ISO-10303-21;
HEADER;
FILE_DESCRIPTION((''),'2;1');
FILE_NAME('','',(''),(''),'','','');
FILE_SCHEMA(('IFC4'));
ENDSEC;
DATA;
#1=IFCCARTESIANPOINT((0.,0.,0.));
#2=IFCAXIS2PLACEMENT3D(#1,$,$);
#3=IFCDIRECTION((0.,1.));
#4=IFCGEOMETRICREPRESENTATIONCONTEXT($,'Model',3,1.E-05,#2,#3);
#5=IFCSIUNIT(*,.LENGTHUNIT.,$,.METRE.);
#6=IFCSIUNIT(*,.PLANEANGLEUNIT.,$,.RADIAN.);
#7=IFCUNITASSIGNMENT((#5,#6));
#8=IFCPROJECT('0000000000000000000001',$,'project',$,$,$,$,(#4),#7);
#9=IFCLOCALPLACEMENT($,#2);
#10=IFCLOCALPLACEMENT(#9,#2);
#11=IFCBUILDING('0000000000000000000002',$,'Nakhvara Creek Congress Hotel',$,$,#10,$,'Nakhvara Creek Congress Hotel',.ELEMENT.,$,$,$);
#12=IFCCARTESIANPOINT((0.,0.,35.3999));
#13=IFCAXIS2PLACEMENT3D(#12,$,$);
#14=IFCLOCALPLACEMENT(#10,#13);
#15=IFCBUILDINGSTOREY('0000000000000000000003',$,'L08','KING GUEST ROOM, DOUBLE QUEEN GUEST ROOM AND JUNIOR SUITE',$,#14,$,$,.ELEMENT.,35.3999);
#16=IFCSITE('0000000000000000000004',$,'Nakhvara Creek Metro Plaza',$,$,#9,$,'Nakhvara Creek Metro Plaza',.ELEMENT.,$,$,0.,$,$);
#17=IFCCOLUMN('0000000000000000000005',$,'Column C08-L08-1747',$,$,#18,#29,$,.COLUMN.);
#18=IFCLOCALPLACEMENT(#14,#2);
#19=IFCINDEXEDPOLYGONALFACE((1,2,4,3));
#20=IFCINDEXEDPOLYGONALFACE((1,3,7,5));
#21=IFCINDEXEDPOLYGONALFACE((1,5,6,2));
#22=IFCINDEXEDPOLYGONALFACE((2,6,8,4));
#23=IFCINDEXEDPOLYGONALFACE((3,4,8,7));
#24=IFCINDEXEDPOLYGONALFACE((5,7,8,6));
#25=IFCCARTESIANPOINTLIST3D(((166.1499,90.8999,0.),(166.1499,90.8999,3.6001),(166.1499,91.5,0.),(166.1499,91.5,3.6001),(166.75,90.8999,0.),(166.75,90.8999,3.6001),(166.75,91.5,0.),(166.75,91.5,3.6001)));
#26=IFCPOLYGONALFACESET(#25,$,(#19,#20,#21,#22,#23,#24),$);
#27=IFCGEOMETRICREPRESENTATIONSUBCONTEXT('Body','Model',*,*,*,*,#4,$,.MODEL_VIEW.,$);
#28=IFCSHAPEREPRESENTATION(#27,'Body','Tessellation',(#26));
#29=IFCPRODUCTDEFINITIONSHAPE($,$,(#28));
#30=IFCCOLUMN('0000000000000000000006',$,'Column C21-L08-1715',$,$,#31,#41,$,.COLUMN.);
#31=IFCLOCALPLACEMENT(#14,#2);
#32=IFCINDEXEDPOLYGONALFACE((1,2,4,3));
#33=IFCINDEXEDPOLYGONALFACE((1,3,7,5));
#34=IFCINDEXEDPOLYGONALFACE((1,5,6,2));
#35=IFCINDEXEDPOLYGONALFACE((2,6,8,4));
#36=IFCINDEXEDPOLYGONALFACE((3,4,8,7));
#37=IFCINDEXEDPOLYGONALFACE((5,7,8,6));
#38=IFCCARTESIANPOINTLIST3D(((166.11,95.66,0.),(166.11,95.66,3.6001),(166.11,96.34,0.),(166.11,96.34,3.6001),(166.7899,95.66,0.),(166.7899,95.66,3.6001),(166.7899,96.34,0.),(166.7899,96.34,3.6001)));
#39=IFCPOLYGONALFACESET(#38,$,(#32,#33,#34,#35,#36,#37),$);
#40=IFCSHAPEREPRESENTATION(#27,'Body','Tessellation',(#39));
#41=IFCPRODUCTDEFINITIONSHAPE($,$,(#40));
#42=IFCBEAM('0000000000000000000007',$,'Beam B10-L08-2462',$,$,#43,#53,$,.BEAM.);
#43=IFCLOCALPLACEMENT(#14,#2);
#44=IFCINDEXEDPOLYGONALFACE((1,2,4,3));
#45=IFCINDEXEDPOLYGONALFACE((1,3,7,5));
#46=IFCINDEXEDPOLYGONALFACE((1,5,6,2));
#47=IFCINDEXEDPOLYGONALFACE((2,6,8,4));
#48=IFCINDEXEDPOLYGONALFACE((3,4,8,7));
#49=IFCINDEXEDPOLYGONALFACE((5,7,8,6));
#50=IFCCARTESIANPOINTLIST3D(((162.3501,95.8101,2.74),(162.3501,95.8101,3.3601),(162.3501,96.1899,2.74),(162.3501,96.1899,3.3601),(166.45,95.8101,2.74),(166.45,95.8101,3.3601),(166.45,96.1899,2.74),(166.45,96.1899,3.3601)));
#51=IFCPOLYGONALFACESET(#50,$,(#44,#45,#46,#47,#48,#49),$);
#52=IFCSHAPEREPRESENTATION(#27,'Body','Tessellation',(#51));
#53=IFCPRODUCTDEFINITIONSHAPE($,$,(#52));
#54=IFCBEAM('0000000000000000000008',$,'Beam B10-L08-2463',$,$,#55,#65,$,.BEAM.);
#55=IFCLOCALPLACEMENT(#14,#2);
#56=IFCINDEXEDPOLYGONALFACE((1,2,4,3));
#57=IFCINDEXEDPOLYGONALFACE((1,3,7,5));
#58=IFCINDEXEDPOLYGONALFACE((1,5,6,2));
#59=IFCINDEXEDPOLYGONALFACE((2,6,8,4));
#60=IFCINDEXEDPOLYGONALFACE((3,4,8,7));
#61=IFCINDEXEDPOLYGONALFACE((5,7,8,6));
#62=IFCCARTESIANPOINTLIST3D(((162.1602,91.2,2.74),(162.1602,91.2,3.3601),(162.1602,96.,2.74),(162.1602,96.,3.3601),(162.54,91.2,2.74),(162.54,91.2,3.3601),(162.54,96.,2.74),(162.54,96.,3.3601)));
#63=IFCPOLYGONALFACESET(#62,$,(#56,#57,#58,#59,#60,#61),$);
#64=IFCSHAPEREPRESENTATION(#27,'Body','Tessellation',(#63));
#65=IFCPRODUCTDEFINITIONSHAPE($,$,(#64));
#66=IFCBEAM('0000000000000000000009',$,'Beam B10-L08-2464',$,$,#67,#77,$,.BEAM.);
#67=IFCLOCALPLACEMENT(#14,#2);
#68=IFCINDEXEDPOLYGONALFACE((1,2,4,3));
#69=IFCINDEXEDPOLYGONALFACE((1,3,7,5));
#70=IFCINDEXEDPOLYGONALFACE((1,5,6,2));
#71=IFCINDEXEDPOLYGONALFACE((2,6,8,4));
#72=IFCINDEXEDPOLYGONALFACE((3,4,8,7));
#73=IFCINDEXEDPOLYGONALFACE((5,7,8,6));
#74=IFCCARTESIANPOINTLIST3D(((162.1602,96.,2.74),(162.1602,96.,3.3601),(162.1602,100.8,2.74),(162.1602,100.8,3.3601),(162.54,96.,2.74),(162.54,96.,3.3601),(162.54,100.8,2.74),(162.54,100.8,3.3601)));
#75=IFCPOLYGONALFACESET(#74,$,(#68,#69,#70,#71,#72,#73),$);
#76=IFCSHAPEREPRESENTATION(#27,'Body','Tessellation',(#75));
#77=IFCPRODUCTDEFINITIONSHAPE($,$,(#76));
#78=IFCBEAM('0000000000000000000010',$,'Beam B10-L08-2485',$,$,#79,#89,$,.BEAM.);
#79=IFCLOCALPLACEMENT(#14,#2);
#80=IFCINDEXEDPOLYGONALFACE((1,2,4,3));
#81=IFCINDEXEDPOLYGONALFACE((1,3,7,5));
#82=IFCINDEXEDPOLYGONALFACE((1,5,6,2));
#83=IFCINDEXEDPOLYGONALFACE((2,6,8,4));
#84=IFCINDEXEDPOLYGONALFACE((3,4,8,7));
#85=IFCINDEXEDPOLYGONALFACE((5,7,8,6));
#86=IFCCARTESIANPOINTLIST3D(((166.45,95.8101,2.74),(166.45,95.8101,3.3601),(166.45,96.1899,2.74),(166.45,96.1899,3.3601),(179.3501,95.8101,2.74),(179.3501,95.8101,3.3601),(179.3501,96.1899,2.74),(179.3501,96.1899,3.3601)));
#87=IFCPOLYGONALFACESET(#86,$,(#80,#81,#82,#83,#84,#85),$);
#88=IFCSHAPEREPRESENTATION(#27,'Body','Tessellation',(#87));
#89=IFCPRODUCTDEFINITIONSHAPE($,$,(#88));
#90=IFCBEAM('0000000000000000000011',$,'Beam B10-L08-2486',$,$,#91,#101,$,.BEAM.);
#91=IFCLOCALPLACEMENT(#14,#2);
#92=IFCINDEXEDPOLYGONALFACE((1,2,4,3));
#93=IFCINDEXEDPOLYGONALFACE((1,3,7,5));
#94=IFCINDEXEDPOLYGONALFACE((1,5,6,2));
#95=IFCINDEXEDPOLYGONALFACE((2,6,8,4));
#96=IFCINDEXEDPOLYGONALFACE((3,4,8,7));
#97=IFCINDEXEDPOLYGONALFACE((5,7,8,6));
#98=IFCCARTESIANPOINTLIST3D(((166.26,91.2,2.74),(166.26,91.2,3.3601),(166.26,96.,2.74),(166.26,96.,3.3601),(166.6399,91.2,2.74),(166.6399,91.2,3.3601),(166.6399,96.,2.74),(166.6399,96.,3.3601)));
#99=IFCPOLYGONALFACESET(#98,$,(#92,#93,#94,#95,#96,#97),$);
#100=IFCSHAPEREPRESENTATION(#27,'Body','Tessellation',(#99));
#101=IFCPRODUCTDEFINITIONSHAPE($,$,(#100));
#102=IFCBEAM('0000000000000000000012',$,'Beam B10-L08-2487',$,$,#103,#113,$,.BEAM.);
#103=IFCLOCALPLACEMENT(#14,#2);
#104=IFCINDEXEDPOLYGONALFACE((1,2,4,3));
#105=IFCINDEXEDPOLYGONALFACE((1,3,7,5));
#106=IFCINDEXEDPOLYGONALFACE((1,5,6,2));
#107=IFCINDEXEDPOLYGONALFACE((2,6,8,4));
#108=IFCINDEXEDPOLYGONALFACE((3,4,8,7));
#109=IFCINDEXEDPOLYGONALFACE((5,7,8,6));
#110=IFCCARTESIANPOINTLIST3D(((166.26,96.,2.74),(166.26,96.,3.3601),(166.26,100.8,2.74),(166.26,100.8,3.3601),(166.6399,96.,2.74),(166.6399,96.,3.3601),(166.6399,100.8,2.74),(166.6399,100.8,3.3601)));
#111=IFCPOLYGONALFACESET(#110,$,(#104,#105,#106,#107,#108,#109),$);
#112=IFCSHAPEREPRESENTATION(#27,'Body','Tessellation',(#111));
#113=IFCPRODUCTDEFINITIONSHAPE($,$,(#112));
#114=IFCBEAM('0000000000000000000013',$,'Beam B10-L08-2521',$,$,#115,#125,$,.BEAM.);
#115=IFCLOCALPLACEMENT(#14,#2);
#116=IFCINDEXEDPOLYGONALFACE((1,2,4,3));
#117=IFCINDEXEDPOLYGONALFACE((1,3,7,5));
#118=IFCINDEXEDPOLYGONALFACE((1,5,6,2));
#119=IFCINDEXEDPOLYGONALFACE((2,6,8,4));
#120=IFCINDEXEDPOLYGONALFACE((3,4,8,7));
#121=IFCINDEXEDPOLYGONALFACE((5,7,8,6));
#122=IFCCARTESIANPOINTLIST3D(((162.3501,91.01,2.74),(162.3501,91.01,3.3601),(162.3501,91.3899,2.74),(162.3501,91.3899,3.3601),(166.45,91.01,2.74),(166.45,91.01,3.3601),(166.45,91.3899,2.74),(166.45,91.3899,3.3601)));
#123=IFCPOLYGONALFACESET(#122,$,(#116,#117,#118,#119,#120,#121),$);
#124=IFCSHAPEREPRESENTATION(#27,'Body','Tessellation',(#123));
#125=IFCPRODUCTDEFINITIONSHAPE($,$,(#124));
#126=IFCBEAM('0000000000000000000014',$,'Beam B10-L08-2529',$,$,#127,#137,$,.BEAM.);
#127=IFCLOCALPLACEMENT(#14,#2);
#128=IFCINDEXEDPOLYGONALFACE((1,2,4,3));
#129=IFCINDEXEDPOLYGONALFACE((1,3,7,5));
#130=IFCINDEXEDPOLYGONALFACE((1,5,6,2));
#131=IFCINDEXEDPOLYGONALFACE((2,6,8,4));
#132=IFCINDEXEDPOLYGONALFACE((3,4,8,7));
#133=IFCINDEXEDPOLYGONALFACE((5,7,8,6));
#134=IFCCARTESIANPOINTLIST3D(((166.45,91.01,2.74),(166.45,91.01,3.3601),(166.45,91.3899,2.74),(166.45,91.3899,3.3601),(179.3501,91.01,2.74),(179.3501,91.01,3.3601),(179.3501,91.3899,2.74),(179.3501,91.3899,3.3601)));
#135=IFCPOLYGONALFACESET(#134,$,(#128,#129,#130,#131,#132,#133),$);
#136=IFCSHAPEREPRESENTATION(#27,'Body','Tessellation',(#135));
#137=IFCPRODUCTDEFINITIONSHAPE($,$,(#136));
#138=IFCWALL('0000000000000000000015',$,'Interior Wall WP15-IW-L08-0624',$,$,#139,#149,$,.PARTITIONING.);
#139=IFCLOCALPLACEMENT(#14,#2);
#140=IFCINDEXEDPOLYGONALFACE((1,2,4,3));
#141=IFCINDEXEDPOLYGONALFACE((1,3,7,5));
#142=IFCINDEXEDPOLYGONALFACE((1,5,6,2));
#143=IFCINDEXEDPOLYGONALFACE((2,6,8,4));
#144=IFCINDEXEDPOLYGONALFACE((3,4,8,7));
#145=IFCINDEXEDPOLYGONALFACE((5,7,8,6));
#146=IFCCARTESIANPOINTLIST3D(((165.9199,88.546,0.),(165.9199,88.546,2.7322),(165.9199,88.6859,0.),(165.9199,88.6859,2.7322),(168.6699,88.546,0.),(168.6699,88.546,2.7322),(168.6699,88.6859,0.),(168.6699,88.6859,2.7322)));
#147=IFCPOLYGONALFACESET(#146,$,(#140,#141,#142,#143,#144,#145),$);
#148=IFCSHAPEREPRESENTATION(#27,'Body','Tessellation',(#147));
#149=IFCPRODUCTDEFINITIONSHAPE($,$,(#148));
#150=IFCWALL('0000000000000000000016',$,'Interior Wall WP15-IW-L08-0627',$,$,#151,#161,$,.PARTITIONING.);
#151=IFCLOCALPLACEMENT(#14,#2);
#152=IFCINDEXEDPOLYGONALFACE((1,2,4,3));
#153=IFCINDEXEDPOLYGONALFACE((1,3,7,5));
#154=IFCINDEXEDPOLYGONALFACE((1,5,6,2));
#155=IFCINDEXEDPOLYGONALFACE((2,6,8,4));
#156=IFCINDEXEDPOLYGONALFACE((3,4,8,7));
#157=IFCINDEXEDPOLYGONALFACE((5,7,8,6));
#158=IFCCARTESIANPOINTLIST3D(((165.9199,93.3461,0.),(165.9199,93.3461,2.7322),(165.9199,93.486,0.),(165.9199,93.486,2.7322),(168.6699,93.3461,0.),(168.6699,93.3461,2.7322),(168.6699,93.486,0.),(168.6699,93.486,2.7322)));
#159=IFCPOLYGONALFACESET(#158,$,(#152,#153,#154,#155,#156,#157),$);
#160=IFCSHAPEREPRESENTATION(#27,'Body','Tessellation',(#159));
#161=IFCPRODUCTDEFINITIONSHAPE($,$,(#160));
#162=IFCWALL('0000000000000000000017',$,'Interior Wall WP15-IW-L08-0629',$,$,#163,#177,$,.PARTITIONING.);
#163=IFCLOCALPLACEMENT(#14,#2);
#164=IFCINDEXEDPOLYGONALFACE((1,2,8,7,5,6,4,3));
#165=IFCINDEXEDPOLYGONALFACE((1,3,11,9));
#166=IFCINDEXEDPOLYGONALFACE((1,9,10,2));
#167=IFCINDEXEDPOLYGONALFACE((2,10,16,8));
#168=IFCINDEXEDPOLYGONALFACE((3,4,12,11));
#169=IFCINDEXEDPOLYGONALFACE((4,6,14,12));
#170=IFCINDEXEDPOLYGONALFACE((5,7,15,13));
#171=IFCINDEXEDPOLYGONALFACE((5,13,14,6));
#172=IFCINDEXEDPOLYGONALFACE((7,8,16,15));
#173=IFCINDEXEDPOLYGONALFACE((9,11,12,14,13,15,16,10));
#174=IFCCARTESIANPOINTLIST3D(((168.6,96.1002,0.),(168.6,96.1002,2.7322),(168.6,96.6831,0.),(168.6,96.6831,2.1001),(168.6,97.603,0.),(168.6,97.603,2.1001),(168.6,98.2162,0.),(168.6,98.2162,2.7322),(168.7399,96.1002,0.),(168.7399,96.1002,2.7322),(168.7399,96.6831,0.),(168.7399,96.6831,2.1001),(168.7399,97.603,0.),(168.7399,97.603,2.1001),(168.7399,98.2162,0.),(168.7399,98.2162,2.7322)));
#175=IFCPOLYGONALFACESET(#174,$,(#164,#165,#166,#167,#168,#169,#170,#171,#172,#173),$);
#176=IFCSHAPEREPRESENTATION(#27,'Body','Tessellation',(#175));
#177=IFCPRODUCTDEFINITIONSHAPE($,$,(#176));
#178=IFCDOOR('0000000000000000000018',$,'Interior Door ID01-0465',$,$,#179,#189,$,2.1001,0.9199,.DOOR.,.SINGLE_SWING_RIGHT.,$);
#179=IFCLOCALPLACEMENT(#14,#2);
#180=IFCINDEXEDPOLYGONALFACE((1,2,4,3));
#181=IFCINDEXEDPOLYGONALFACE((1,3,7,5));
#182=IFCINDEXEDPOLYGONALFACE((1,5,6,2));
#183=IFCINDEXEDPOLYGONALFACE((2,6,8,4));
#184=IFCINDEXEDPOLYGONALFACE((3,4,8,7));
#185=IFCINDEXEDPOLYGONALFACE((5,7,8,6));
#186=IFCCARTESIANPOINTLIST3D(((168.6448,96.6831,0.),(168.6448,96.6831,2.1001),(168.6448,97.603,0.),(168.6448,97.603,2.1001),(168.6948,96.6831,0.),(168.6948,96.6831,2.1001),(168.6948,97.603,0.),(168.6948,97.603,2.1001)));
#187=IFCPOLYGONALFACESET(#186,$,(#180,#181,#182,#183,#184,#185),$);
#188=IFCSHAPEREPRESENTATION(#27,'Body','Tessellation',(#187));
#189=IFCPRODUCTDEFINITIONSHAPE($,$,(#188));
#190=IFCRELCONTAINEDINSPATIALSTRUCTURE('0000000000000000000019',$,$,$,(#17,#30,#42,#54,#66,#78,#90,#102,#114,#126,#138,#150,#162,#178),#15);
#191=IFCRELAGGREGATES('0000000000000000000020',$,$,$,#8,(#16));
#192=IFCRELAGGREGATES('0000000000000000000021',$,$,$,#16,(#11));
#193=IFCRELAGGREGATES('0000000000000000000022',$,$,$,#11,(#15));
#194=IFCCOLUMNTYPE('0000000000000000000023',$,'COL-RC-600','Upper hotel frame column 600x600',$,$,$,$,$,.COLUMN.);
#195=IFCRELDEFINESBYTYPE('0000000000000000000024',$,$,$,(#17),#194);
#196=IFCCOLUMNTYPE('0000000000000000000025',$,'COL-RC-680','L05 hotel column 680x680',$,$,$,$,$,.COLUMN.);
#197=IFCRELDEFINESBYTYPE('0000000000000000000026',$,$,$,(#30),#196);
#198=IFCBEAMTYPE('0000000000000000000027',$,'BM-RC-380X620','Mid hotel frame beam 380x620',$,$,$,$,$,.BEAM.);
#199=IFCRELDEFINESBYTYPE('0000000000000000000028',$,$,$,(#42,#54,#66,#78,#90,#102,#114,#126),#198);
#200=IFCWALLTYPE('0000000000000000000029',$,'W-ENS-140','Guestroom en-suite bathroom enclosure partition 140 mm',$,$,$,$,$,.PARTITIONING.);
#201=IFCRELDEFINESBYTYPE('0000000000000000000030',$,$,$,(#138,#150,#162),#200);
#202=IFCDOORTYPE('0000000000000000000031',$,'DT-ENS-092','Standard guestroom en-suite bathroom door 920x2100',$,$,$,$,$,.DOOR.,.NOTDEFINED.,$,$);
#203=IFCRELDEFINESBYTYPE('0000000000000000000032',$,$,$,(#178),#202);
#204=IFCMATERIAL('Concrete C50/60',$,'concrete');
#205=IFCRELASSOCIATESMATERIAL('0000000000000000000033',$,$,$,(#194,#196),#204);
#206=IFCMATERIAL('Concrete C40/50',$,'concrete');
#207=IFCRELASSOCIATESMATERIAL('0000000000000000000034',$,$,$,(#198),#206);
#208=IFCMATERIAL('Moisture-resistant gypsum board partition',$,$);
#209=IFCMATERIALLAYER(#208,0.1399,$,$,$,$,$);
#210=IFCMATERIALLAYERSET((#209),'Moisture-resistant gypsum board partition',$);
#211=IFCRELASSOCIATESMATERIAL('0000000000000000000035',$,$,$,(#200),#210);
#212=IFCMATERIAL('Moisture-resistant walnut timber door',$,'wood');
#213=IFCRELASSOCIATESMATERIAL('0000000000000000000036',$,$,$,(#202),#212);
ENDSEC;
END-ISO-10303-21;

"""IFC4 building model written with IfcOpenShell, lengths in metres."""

from ifc_helpers import new_model, si_unit, direction, frame, frame_2d, origin, origin_2d, place, context, subcontext, project, spatial, rectangle, extrude, material, layer, layer_set, material_profile, profile_set, type_object, element, fill, save


model = new_model("IFC4")

# Units and contexts
model_context = context("Model", 3, precision=1e-05, world=origin(), true_north=direction((0.0, 1.0)))
body_context = subcontext(model_context, "Body", "Model", "MODEL_VIEW")
ifc_project = project(units=[si_unit("LENGTHUNIT", "METRE"), si_unit("PLANEANGLEUNIT", "RADIAN")], contexts=[model_context])

# Site, building, storey
site_placement = place(None, origin())
site = spatial("IfcSite", under=ifc_project, at=site_placement, Name="Nakhvara Creek Metro Plaza", LongName="Nakhvara Creek Metro Plaza", CompositionType="ELEMENT", RefElevation=0.0)
building_placement = place(site_placement, origin())
building = spatial("IfcBuilding", under=site, at=building_placement, Name="Nakhvara Creek Congress Hotel", LongName="Nakhvara Creek Congress Hotel", CompositionType="ELEMENT")
storey_placement = place(building_placement, frame((0.0, 0.0, 35.3999)))
storey = spatial("IfcBuildingStorey", under=building, at=storey_placement, Name="L08", Description="KING GUEST ROOM, DOUBLE QUEEN GUEST ROOM AND JUNIOR SUITE", CompositionType="ELEMENT", Elevation=35.3999)

# Columns
ifc_material_1 = material(Name="Concrete C50/60", Category="concrete")
ifc_material_profile_1 = material_profile(ifc_material_1, rectangle(XDim=0.6001, YDim=0.6001, at=origin_2d()), Name="RC-COL 600x600", Category="LoadBearing")
ifc_profile_set_1 = profile_set([ifc_material_profile_1], Name="Concrete C50/60")
column_type_1 = type_object("IfcColumnType", Name="COL-RC-600", Description="Upper hotel frame column 600x600", PredefinedType="COLUMN", material=ifc_profile_set_1)
column_1_placement = place(storey_placement, frame((166.45, 91.2, 0.0), z_axis=(0.0, 0.0, 1.0), x_axis=(1.0, 0.0, 0.0)))
element("IfcColumn", 1, at=column_1_placement, inside=storey, type_object=column_type_1, Name="Column C08-L08-1747", PredefinedType="COLUMN", context=body_context, shape_type="SweptSolid", body=[
    extrude(rectangle(XDim=0.6001, YDim=0.6001, at=origin_2d()), origin(), (0.0, 0.0, 1.0), 3.6001),
])
ifc_material_profile_2 = material_profile(ifc_material_1, rectangle(XDim=0.6799, YDim=0.6799, at=origin_2d()), Name="RC-COL 680x680", Category="LoadBearing")
ifc_profile_set_2 = profile_set([ifc_material_profile_2], Name="Concrete C50/60")
column_type_2 = type_object("IfcColumnType", Name="COL-RC-680", Description="L05 hotel column 680x680", PredefinedType="COLUMN", material=ifc_profile_set_2)
column_2_placement = place(storey_placement, frame((166.45, 96.0, 0.0), z_axis=(0.0, 0.0, 1.0), x_axis=(1.0, 0.0, 0.0)))
element("IfcColumn", 2, at=column_2_placement, inside=storey, type_object=column_type_2, Name="Column C21-L08-1715", PredefinedType="COLUMN", context=body_context, shape_type="SweptSolid", body=[
    extrude(rectangle(XDim=0.6799, YDim=0.6799, at=origin_2d()), origin(), (0.0, 0.0, 1.0), 3.6001),
])

# Beams
ifc_material_2 = material(Name="Concrete C40/50", Category="concrete")
ifc_material_profile_3 = material_profile(ifc_material_2, rectangle(XDim=0.3799, YDim=0.6201, at=origin_2d()), Name="RC-BM 380x620", Category="LoadBearing")
ifc_profile_set_3 = profile_set([ifc_material_profile_3], Name="Concrete C40/50")
beam_type = type_object("IfcBeamType", Name="BM-RC-380X620", Description="Mid hotel frame beam 380x620", PredefinedType="BEAM", material=ifc_profile_set_3)
beam_1_placement = place(storey_placement, frame((162.3501, 96.0, 3.05), z_axis=(1.0, 0.0, 0.0), x_axis=(0.0, 1.0, 0.0)))
element("IfcBeam", 3, at=beam_1_placement, inside=storey, type_object=beam_type, Name="Beam B10-L08-2462", PredefinedType="BEAM", context=body_context, shape_type="SweptSolid", body=[
    extrude(rectangle(XDim=0.3799, YDim=0.6201, at=origin_2d()), origin(), (0.0, 0.0, 1.0), 4.0999),
])
for number, where, z_axis, x_axis, name in (
    (4, (162.3501, 91.2, 3.05), (0.0, 1.0, 0.0), (-1.0, 0.0, 0.0), "Beam B10-L08-2463"),
    (5, (162.3501, 96.0, 3.05), (0.0, 1.0, 0.0), (-1.0, 0.0, 0.0), "Beam B10-L08-2464"),
):
    element("IfcBeam", number, at=place(storey_placement, frame(where, z_axis=z_axis, x_axis=x_axis)), inside=storey, type_object=beam_type, Name=name, PredefinedType="BEAM", context=body_context, shape_type="SweptSolid", body=[
        extrude(rectangle(XDim=0.3799, YDim=0.6201, at=origin_2d()), origin(), (0.0, 0.0, 1.0), 4.8),
    ])
beam_2_placement = place(storey_placement, frame((166.45, 96.0, 3.05), z_axis=(1.0, 0.0, 0.0), x_axis=(0.0, 1.0, 0.0)))
element("IfcBeam", 6, at=beam_2_placement, inside=storey, type_object=beam_type, Name="Beam B10-L08-2485", PredefinedType="BEAM", context=body_context, shape_type="SweptSolid", body=[
    extrude(rectangle(XDim=0.3799, YDim=0.6201, at=origin_2d()), origin(), (0.0, 0.0, 1.0), 12.9001),
])
for number, where, z_axis, x_axis, name in (
    (7, (166.45, 91.2, 3.05), (0.0, 1.0, 0.0), (-1.0, 0.0, 0.0), "Beam B10-L08-2486"),
    (8, (166.45, 96.0, 3.05), (0.0, 1.0, 0.0), (-1.0, 0.0, 0.0), "Beam B10-L08-2487"),
):
    element("IfcBeam", number, at=place(storey_placement, frame(where, z_axis=z_axis, x_axis=x_axis)), inside=storey, type_object=beam_type, Name=name, PredefinedType="BEAM", context=body_context, shape_type="SweptSolid", body=[
        extrude(rectangle(XDim=0.3799, YDim=0.6201, at=origin_2d()), origin(), (0.0, 0.0, 1.0), 4.8),
    ])
beam_3_placement = place(storey_placement, frame((162.3501, 91.2, 3.05), z_axis=(1.0, 0.0, 0.0), x_axis=(0.0, 1.0, 0.0)))
element("IfcBeam", 9, at=beam_3_placement, inside=storey, type_object=beam_type, Name="Beam B10-L08-2521", PredefinedType="BEAM", context=body_context, shape_type="SweptSolid", body=[
    extrude(rectangle(XDim=0.3799, YDim=0.6201, at=origin_2d()), origin(), (0.0, 0.0, 1.0), 4.0999),
])
beam_4_placement = place(storey_placement, frame((166.45, 91.2, 3.05), z_axis=(1.0, 0.0, 0.0), x_axis=(0.0, 1.0, 0.0)))
element("IfcBeam", 10, at=beam_4_placement, inside=storey, type_object=beam_type, Name="Beam B10-L08-2529", PredefinedType="BEAM", context=body_context, shape_type="SweptSolid", body=[
    extrude(rectangle(XDim=0.3799, YDim=0.6201, at=origin_2d()), origin(), (0.0, 0.0, 1.0), 12.9001),
])

# Wall
ifc_material_3 = material(Name="Moisture-resistant gypsum board partition")
ifc_layer_1 = layer(ifc_material_3, 0.1399)
ifc_layer_set_1 = layer_set([ifc_layer_1], Name="Moisture-resistant gypsum board partition")
wall_type_1 = type_object("IfcWallType", Name="W-ENS-140", Description="Guestroom en-suite bathroom enclosure partition 140 mm", PredefinedType="PARTITIONING", material=ifc_layer_set_1)
wall_1_placement = place(storey_placement, frame((165.9199, 88.616, 0.0), z_axis=(0.0, 0.0, 1.0), x_axis=(1.0, 0.0, 0.0)))
element("IfcWall", 11, at=wall_1_placement, inside=storey, type_object=wall_type_1, Name="Interior Wall WP15-IW-L08-0624", PredefinedType="PARTITIONING", context=body_context, shape_type="SweptSolid", body=[
    extrude(rectangle(XDim=2.75, YDim=0.1399, at=frame_2d((1.375, 0.0))), origin(), (0.0, 0.0, 1.0), 2.7322),
])

# Shared definitions
ifc_material_4 = material(Name="Moisture-resistant walnut timber door", Category="wood")

# Wall
wall_2_placement = place(storey_placement, frame((165.9199, 93.416, 0.0), z_axis=(0.0, 0.0, 1.0), x_axis=(1.0, 0.0, 0.0)))
element("IfcWall", 12, at=wall_2_placement, inside=storey, type_object=wall_type_1, Name="Interior Wall WP15-IW-L08-0627", PredefinedType="PARTITIONING", context=body_context, shape_type="SweptSolid", body=[
    extrude(rectangle(XDim=2.75, YDim=0.1399, at=frame_2d((1.375, 0.0))), origin(), (0.0, 0.0, 1.0), 2.7322),
])

# Wall, opening, door
wall_3_placement = place(storey_placement, frame((168.6699, 96.1001, 0.0), z_axis=(0.0, 0.0, 1.0), x_axis=(0.0, 1.0, 0.0)))
wall_3 = element("IfcWall", 13, at=wall_3_placement, inside=storey, type_object=wall_type_1, Name="Interior Wall WP15-IW-L08-0629", PredefinedType="PARTITIONING", context=body_context, shape_type="SweptSolid", body=[
    extrude(rectangle(XDim=2.116, YDim=0.1399, at=frame_2d((1.0581, 0.0))), origin(), (0.0, 0.0, 1.0), 2.7322),
])
opening_1_placement = place(wall_3_placement, frame((0.583, 0.0, 0.0)))
opening_1 = element("IfcOpeningElement", 14, at=opening_1_placement, cuts=wall_3, PredefinedType="OPENING", context=body_context, shape_type="SweptSolid", body=[
    extrude(rectangle(XDim=0.9199, YDim=2.1001, at=frame_2d((0.46, 1.05))), frame((0.0, 0.082, 0.0), z_axis=(0.0, -1.0, 0.0), x_axis=(1.0, 0.0, 0.0)), (0.0, 0.0, 1.0), 0.1638),
])
door_type_1 = type_object("IfcDoorType", Name="DT-ENS-092", Description="Standard guestroom en-suite bathroom door 920x2100", OperationType="NOTDEFINED", PredefinedType="DOOR", material=ifc_material_4)
door_1_placement = place(opening_1_placement, frame((0.9199, 0.0, 0.0), z_axis=(0.0, 0.0, 1.0), x_axis=(-1.0, 0.0, 0.0)))
door_1 = element("IfcDoor", 15, at=door_1_placement, inside=storey, type_object=door_type_1, Name="Interior Door ID01-0465", OperationType="SINGLE_SWING_RIGHT", OverallHeight=2.1001, OverallWidth=0.9199, PredefinedType="DOOR", context=body_context, shape_type="SweptSolid", body=[
    extrude(rectangle(XDim=0.9199, YDim=2.1001, at=frame_2d((0.46, 1.05))), frame((0.0, 0.0249, 0.0), z_axis=(0.0, -1.0, 0.0), x_axis=(1.0, 0.0, 0.0)), (0.0, 0.0, 1.0), 0.05),
])
fill(opening_1, door_1)

save(model, "model.ifc")
